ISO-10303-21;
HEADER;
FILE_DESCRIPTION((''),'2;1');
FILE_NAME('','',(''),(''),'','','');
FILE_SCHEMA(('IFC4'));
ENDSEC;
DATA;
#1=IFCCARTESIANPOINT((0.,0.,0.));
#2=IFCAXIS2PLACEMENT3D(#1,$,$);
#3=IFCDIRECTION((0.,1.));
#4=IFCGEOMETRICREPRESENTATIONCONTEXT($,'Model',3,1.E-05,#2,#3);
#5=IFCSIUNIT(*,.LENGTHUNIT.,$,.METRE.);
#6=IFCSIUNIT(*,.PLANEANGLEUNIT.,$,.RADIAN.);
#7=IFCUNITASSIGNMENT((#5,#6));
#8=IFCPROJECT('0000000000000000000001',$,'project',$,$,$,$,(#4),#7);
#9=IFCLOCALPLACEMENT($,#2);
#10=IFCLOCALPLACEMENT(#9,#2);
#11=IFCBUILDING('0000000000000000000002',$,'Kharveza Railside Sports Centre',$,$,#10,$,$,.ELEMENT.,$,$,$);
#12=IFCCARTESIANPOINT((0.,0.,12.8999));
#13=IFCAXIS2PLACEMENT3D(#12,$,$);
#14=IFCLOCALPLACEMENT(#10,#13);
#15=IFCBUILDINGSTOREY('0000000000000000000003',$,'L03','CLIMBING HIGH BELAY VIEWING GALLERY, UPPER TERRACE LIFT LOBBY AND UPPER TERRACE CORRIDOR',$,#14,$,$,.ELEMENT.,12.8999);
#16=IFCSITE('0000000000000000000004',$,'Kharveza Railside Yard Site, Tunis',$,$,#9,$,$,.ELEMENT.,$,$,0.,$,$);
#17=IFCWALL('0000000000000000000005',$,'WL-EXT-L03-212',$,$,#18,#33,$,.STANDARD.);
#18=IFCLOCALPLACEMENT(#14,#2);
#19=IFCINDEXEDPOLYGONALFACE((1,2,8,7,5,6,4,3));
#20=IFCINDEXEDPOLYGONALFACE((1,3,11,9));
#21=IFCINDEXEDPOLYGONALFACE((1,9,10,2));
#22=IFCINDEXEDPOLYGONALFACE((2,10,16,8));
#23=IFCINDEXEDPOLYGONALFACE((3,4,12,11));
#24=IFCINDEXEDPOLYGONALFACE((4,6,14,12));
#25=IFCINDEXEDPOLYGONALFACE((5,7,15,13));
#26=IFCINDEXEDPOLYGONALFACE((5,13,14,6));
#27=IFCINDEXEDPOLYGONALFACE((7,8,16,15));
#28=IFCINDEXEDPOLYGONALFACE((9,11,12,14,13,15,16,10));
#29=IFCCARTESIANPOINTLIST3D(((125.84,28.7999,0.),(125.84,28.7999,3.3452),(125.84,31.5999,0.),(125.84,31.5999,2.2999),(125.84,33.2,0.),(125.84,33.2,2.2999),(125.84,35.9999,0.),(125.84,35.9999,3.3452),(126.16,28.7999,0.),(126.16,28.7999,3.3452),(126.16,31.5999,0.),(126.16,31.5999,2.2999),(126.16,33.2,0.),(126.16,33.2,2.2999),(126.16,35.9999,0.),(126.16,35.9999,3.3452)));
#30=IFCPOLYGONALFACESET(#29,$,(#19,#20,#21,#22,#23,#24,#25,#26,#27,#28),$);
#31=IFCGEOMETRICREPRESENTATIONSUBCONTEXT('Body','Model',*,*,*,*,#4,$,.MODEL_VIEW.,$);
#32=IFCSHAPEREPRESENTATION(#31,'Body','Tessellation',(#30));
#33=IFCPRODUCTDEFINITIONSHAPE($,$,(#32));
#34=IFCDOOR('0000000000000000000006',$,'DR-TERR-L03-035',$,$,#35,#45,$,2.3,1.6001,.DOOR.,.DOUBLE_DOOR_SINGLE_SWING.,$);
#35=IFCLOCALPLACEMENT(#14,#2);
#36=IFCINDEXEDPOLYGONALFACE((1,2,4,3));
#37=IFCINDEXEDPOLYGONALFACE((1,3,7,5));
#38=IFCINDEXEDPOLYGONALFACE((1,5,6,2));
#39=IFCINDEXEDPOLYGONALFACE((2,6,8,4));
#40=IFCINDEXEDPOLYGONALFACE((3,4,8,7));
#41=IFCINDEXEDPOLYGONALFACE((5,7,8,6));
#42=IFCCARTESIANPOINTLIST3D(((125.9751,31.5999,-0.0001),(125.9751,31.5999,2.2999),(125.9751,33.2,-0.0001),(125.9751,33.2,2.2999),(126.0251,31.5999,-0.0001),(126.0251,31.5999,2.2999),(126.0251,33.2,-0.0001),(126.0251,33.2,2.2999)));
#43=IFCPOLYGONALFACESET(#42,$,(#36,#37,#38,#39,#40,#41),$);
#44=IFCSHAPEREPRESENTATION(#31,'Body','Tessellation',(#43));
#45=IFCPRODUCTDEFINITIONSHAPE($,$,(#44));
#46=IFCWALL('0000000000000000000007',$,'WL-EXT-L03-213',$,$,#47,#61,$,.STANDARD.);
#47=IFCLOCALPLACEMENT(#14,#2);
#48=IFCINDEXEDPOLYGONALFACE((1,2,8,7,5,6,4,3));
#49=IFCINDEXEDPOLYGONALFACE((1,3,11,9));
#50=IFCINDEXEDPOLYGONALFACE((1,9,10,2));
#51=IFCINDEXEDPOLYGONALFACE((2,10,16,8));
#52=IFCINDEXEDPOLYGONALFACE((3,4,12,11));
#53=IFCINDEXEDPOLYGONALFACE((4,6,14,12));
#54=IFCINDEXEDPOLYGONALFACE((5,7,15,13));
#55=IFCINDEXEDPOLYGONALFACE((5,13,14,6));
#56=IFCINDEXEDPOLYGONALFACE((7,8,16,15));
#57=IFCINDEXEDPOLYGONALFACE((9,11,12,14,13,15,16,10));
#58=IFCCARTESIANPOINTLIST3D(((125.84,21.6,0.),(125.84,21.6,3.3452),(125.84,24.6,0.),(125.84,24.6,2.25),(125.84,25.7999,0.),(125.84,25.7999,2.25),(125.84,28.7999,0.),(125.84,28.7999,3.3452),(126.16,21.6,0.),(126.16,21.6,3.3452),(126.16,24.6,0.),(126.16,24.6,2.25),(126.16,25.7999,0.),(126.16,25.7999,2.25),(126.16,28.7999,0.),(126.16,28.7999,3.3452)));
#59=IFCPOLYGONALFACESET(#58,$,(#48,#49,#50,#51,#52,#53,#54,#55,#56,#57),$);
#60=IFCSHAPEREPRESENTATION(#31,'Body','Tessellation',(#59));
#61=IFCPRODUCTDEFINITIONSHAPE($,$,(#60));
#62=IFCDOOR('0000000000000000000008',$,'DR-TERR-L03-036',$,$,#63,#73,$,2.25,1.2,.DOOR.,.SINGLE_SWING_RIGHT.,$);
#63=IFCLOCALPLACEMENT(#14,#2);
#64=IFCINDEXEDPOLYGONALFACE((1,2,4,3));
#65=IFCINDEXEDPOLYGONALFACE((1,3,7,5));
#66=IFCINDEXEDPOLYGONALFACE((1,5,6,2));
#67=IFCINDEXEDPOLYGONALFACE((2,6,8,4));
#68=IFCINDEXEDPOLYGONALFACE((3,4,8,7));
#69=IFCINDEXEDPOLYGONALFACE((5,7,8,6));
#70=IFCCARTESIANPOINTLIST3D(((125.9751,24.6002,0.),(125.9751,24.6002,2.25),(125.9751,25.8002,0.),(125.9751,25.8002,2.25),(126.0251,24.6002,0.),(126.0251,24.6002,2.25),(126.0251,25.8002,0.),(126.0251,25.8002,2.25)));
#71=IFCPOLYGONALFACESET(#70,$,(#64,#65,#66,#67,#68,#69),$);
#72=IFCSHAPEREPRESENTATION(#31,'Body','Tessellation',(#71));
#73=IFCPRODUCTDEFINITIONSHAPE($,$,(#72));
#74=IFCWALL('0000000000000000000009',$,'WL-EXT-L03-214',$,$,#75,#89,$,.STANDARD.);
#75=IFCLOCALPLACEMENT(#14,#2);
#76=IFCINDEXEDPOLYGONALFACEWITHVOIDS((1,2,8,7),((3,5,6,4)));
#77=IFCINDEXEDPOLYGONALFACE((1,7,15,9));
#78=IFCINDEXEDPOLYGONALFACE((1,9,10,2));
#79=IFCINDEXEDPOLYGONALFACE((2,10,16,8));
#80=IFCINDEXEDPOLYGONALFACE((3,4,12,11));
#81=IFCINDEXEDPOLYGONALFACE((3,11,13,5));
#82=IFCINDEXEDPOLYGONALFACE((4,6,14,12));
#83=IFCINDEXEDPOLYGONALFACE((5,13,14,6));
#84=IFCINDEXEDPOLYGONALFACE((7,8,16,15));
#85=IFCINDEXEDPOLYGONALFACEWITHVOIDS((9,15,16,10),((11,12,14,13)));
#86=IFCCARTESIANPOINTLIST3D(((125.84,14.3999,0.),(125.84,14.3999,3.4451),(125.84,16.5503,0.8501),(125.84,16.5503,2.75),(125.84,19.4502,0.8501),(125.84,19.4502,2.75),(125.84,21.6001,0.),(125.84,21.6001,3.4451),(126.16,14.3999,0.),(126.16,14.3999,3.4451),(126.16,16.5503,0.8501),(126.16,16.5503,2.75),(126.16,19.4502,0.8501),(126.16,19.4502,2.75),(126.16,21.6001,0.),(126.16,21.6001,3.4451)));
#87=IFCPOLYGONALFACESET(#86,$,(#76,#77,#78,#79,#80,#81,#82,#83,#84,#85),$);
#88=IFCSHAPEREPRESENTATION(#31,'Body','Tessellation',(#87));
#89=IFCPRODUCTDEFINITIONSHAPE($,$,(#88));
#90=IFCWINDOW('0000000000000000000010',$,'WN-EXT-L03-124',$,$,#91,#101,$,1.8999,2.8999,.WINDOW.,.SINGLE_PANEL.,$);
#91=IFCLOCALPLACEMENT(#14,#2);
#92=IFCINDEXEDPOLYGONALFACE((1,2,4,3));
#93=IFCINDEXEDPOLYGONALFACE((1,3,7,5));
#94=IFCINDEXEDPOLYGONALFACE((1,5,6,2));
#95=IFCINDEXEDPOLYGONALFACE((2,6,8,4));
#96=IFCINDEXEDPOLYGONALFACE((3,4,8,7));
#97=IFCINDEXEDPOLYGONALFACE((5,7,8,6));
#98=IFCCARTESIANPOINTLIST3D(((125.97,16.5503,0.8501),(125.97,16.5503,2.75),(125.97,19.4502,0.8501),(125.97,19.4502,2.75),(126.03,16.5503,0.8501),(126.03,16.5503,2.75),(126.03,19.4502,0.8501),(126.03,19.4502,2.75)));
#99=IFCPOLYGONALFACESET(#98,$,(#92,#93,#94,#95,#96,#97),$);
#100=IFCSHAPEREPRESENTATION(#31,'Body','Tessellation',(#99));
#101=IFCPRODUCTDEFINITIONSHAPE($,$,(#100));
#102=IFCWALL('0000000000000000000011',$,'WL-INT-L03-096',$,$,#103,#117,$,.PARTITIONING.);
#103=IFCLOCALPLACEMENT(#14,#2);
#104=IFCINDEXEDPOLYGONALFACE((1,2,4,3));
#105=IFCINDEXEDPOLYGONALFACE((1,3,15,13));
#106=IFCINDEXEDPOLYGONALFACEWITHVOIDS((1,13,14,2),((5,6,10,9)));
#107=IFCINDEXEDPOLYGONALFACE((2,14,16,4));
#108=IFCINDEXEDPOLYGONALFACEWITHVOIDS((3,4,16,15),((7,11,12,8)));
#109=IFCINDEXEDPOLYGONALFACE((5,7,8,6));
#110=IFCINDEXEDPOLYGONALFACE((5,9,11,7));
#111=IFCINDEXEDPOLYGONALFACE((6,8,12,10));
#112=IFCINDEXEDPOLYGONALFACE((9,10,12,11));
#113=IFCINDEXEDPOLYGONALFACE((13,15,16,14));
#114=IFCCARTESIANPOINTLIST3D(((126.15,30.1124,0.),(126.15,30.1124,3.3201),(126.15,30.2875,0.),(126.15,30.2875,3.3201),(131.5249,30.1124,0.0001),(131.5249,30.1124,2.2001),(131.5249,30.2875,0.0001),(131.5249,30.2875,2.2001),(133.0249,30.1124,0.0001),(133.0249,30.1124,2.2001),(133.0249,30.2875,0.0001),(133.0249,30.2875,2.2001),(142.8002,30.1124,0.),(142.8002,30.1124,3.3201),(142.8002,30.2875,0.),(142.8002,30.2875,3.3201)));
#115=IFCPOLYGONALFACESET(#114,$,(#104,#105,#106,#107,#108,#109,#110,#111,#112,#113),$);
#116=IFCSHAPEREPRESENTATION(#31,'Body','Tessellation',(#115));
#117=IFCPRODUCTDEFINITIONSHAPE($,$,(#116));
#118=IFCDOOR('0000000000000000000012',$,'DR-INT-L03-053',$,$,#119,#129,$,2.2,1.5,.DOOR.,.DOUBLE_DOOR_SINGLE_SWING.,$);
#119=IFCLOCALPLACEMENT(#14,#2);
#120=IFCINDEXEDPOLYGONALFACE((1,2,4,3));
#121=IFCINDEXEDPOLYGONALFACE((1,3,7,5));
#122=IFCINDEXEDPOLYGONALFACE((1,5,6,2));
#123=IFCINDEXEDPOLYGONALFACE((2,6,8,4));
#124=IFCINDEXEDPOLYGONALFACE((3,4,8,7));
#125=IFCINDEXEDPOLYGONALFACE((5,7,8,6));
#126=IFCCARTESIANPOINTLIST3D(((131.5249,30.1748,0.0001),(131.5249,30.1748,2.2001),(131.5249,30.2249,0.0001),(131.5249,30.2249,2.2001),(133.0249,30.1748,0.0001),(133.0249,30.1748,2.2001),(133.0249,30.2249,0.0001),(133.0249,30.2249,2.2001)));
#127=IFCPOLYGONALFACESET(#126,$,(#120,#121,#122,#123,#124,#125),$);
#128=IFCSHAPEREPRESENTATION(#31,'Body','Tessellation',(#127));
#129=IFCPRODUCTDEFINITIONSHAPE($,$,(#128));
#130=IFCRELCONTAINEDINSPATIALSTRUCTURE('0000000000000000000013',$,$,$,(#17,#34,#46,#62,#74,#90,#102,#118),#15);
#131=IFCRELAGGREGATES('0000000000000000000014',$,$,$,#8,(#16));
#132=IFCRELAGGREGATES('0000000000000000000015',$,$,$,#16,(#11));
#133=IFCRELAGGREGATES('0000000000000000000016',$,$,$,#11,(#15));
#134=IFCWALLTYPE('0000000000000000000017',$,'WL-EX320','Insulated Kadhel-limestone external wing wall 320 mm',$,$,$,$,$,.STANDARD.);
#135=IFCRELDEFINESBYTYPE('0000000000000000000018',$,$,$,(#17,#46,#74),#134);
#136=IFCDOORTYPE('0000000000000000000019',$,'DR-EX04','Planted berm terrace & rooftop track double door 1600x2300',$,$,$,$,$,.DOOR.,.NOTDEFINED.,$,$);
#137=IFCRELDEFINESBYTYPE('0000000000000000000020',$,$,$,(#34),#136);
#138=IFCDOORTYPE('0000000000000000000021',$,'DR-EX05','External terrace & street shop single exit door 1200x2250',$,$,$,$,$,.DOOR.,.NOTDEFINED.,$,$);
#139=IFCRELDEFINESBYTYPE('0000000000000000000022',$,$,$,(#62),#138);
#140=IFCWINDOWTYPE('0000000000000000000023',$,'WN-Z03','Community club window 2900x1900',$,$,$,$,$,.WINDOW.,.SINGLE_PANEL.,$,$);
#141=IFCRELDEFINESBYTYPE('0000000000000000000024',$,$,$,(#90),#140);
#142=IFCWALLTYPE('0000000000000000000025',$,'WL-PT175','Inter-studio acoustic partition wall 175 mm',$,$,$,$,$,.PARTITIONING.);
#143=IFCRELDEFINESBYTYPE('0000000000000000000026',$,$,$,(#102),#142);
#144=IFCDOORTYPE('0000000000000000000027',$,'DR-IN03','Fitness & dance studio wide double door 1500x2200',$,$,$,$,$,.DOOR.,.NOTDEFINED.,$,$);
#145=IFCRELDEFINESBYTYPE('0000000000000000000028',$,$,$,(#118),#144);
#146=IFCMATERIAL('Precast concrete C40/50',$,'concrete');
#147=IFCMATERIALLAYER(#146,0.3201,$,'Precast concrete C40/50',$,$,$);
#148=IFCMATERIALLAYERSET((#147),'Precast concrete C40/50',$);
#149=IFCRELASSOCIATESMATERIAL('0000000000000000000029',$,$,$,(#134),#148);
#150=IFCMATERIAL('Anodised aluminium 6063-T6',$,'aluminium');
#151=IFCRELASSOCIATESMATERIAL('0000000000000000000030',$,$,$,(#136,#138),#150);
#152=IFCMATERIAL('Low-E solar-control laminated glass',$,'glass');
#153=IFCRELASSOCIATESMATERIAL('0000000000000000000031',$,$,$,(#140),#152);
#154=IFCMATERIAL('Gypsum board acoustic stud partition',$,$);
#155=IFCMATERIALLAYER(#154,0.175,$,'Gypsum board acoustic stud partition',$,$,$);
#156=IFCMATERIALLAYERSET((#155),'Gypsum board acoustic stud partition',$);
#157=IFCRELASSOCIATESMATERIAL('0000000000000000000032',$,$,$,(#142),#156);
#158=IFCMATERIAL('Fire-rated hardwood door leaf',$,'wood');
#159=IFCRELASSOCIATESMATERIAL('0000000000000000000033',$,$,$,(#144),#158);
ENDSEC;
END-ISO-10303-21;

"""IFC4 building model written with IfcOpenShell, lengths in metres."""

from ifc_helpers import new_model, si_unit, direction, frame, frame_2d, origin, place, context, subcontext, project, spatial, rectangle, extrude, material, layer, layer_set, type_object, element, fill, save


model = new_model("IFC4")

# Units and contexts
model_context = context("Model", 3, precision=1e-05, world=origin(), true_north=direction((0.0, 1.0)))
body_context = subcontext(model_context, "Body", "Model", "MODEL_VIEW")
ifc_project = project(units=[si_unit("LENGTHUNIT", "METRE"), si_unit("PLANEANGLEUNIT", "RADIAN")], contexts=[model_context])

# Site, building, storey
site_placement = place(None, origin())
site = spatial("IfcSite", under=ifc_project, at=site_placement, Name="Kharveza Railside Yard Site, Tunis", CompositionType="ELEMENT", RefElevation=0.0)
building_placement = place(site_placement, origin())
building = spatial("IfcBuilding", under=site, at=building_placement, Name="Kharveza Railside Sports Centre", CompositionType="ELEMENT")
storey_placement = place(building_placement, frame((0.0, 0.0, 12.8999)))
storey = spatial("IfcBuildingStorey", under=building, at=storey_placement, Name="L03", Description="CLIMBING HIGH BELAY VIEWING GALLERY, UPPER TERRACE LIFT LOBBY AND UPPER TERRACE CORRIDOR", CompositionType="ELEMENT", Elevation=12.8999)

# Shared definitions
ifc_material_1 = material(Name="Low-E solar-control laminated glass", Category="glass")
ifc_material_2 = material(Name="Anodised aluminium 6063-T6", Category="aluminium")

# Walls, openings, doors
ifc_material_3 = material(Name="Precast concrete C40/50", Category="concrete")
ifc_layer_1 = layer(ifc_material_3, 0.3201, Name="Precast concrete C40/50")
ifc_layer_set_1 = layer_set([ifc_layer_1], Name="Precast concrete C40/50")
wall_type_1 = type_object("IfcWallType", Name="WL-EX320", Description="Insulated Kadhel-limestone external wing wall 320 mm", PredefinedType="STANDARD", material=ifc_layer_set_1)
wall_1_placement = place(storey_placement, frame((126.0, 36.0, 0.0), z_axis=(0.0, 0.0, 1.0), x_axis=(0.0, -1.0, 0.0)))
wall_1 = element("IfcWall", 1, at=wall_1_placement, inside=storey, type_object=wall_type_1, Name="WL-EXT-L03-212", PredefinedType="STANDARD", context=body_context, shape_type="SweptSolid", body=[
    extrude(rectangle(XDim=7.2, YDim=0.3201, at=frame_2d((3.6001, 0.0))), origin(), (0.0, 0.0, 1.0), 3.3452),
])
opening_1_placement = place(wall_1_placement, frame((2.8, 0.0, 0.0)))
opening_1 = element("IfcOpeningElement", 2, at=opening_1_placement, cuts=wall_1, PredefinedType="OPENING", context=body_context, shape_type="SweptSolid", body=[
    extrude(rectangle(XDim=1.6001, YDim=2.3, at=frame_2d((0.8, 1.1499))), frame((0.0, 0.1851, 0.0), z_axis=(0.0, -1.0, 0.0), x_axis=(1.0, 0.0, 0.0)), (0.0, 0.0, 1.0), 0.3699),
])
door_type_1 = type_object("IfcDoorType", Name="DR-EX04", Description="Planted berm terrace & rooftop track double door 1600x2300", OperationType="NOTDEFINED", PredefinedType="DOOR", material=ifc_material_2)
door_1_placement = place(opening_1_placement, frame((1.6001, 0.0, 0.0), z_axis=(0.0, 0.0, 1.0), x_axis=(-1.0, 0.0, 0.0)))
door_1 = element("IfcDoor", 3, at=door_1_placement, inside=storey, type_object=door_type_1, Name="DR-TERR-L03-035", OperationType="DOUBLE_DOOR_SINGLE_SWING", OverallHeight=2.3, OverallWidth=1.6001, PredefinedType="DOOR", context=body_context, shape_type="SweptSolid", body=[
    extrude(rectangle(XDim=1.6001, YDim=2.3, at=frame_2d((0.8, 1.1499))), frame((0.0, 0.0249, 0.0), z_axis=(0.0, -1.0, 0.0), x_axis=(1.0, 0.0, 0.0)), (0.0, 0.0, 1.0), 0.05),
])
fill(opening_1, door_1)
wall_2_placement = place(storey_placement, frame((126.0, 28.8, 0.0), z_axis=(0.0, 0.0, 1.0), x_axis=(0.0, -1.0, 0.0)))
wall_2 = element("IfcWall", 4, at=wall_2_placement, inside=storey, type_object=wall_type_1, Name="WL-EXT-L03-213", PredefinedType="STANDARD", context=body_context, shape_type="SweptSolid", body=[
    extrude(rectangle(XDim=7.2, YDim=0.3201, at=frame_2d((3.6001, 0.0))), origin(), (0.0, 0.0, 1.0), 3.3452),
])
opening_2_placement = place(wall_2_placement, frame((3.0, 0.0, 0.0)))
opening_2 = element("IfcOpeningElement", 5, at=opening_2_placement, cuts=wall_2, PredefinedType="OPENING", context=body_context, shape_type="SweptSolid", body=[
    extrude(rectangle(XDim=1.2, YDim=2.25, at=frame_2d((0.6001, 1.125))), frame((0.0, 0.1851, 0.0), z_axis=(0.0, -1.0, 0.0), x_axis=(1.0, 0.0, 0.0)), (0.0, 0.0, 1.0), 0.3699),
])
door_type_2 = type_object("IfcDoorType", Name="DR-EX05", Description="External terrace & street shop single exit door 1200x2250", OperationType="NOTDEFINED", PredefinedType="DOOR", material=ifc_material_2)
door_2_placement = place(opening_2_placement, frame((1.2, 0.0, 0.0), z_axis=(0.0, 0.0, 1.0), x_axis=(-1.0, 0.0, 0.0)))
door_2 = element("IfcDoor", 6, at=door_2_placement, inside=storey, type_object=door_type_2, Name="DR-TERR-L03-036", OperationType="SINGLE_SWING_RIGHT", OverallHeight=2.25, OverallWidth=1.2, PredefinedType="DOOR", context=body_context, shape_type="SweptSolid", body=[
    extrude(rectangle(XDim=1.2, YDim=2.25, at=frame_2d((0.6001, 1.125))), frame((0.0, 0.0249, 0.0), z_axis=(0.0, -1.0, 0.0), x_axis=(1.0, 0.0, 0.0)), (0.0, 0.0, 1.0), 0.05),
])
fill(opening_2, door_2)

# Wall, opening, window
wall_3_placement = place(storey_placement, frame((126.0, 21.6001, 0.0), z_axis=(0.0, 0.0, 1.0), x_axis=(0.0, -1.0, 0.0)))
wall_3 = element("IfcWall", 7, at=wall_3_placement, inside=storey, type_object=wall_type_1, Name="WL-EXT-L03-214", PredefinedType="STANDARD", context=body_context, shape_type="SweptSolid", body=[
    extrude(rectangle(XDim=7.2002, YDim=0.3201, at=frame_2d((3.6001, 0.0))), origin(), (0.0, 0.0, 1.0), 3.4451),
])
opening_3_placement = place(wall_3_placement, frame((2.1499, 0.0, 0.8501)))
opening_3 = element("IfcOpeningElement", 8, at=opening_3_placement, cuts=wall_3, PredefinedType="OPENING", context=body_context, shape_type="SweptSolid", body=[
    extrude(rectangle(XDim=2.8999, YDim=1.8999, at=frame_2d((1.45, 0.95))), frame((0.0, 0.1851, 0.0), z_axis=(0.0, -1.0, 0.0), x_axis=(1.0, 0.0, 0.0)), (0.0, 0.0, 1.0), 0.3699),
])
window_type = type_object("IfcWindowType", Name="WN-Z03", Description="Community club window 2900x1900", PartitioningType="SINGLE_PANEL", PredefinedType="WINDOW", material=ifc_material_1)
window_placement = place(opening_3_placement, origin())
window = element("IfcWindow", 9, at=window_placement, inside=storey, type_object=window_type, Name="WN-EXT-L03-124", OverallHeight=1.8999, OverallWidth=2.8999, PartitioningType="SINGLE_PANEL", PredefinedType="WINDOW", context=body_context, shape_type="SweptSolid", body=[
    extrude(rectangle(XDim=2.8999, YDim=1.8999, at=frame_2d((1.45, 0.95))), frame((0.0, 0.03, 0.0), z_axis=(0.0, -1.0, 0.0), x_axis=(1.0, 0.0, 0.0)), (0.0, 0.0, 1.0), 0.0601),
])
fill(opening_3, window)

# Wall, opening, door
ifc_material_4 = material(Name="Gypsum board acoustic stud partition")
ifc_layer_2 = layer(ifc_material_4, 0.175, Name="Gypsum board acoustic stud partition")
ifc_layer_set_2 = layer_set([ifc_layer_2], Name="Gypsum board acoustic stud partition")
wall_type_2 = type_object("IfcWallType", Name="WL-PT175", Description="Inter-studio acoustic partition wall 175 mm", PredefinedType="PARTITIONING", material=ifc_layer_set_2)
wall_4_placement = place(storey_placement, frame((126.1499, 30.2, 0.0), z_axis=(0.0, 0.0, 1.0), x_axis=(1.0, 0.0, 0.0)))
wall_4 = element("IfcWall", 10, at=wall_4_placement, inside=storey, type_object=wall_type_2, Name="WL-INT-L03-096", PredefinedType="PARTITIONING", context=body_context, shape_type="SweptSolid", body=[
    extrude(rectangle(XDim=16.6501, YDim=0.175, at=frame_2d((8.3252, 0.0))), origin(), (0.0, 0.0, 1.0), 3.3201),
])
opening_4_placement = place(wall_4_placement, frame((5.375, 0.0, 0.0)))
opening_4 = element("IfcOpeningElement", 11, at=opening_4_placement, cuts=wall_4, PredefinedType="OPENING", context=body_context, shape_type="SweptSolid", body=[
    extrude(rectangle(XDim=1.5, YDim=2.2, at=frame_2d((0.75, 1.1001))), frame((0.0, 0.1123, 0.0), z_axis=(0.0, -1.0, 0.0), x_axis=(1.0, 0.0, 0.0)), (0.0, 0.0, 1.0), 0.2249),
])
ifc_material_5 = material(Name="Fire-rated hardwood door leaf", Category="wood")
door_type_3 = type_object("IfcDoorType", Name="DR-IN03", Description="Fitness & dance studio wide double door 1500x2200", OperationType="NOTDEFINED", PredefinedType="DOOR", material=ifc_material_5)
door_3_placement = place(opening_4_placement, origin())
door_3 = element("IfcDoor", 12, at=door_3_placement, inside=storey, type_object=door_type_3, Name="DR-INT-L03-053", OperationType="DOUBLE_DOOR_SINGLE_SWING", OverallHeight=2.2, OverallWidth=1.5, PredefinedType="DOOR", context=body_context, shape_type="SweptSolid", body=[
    extrude(rectangle(XDim=1.5, YDim=2.2, at=frame_2d((0.75, 1.1001))), frame((0.0, 0.0249, 0.0), z_axis=(0.0, -1.0, 0.0), x_axis=(1.0, 0.0, 0.0)), (0.0, 0.0, 1.0), 0.05),
])
fill(opening_4, door_3)

save(model, "model.ifc")
